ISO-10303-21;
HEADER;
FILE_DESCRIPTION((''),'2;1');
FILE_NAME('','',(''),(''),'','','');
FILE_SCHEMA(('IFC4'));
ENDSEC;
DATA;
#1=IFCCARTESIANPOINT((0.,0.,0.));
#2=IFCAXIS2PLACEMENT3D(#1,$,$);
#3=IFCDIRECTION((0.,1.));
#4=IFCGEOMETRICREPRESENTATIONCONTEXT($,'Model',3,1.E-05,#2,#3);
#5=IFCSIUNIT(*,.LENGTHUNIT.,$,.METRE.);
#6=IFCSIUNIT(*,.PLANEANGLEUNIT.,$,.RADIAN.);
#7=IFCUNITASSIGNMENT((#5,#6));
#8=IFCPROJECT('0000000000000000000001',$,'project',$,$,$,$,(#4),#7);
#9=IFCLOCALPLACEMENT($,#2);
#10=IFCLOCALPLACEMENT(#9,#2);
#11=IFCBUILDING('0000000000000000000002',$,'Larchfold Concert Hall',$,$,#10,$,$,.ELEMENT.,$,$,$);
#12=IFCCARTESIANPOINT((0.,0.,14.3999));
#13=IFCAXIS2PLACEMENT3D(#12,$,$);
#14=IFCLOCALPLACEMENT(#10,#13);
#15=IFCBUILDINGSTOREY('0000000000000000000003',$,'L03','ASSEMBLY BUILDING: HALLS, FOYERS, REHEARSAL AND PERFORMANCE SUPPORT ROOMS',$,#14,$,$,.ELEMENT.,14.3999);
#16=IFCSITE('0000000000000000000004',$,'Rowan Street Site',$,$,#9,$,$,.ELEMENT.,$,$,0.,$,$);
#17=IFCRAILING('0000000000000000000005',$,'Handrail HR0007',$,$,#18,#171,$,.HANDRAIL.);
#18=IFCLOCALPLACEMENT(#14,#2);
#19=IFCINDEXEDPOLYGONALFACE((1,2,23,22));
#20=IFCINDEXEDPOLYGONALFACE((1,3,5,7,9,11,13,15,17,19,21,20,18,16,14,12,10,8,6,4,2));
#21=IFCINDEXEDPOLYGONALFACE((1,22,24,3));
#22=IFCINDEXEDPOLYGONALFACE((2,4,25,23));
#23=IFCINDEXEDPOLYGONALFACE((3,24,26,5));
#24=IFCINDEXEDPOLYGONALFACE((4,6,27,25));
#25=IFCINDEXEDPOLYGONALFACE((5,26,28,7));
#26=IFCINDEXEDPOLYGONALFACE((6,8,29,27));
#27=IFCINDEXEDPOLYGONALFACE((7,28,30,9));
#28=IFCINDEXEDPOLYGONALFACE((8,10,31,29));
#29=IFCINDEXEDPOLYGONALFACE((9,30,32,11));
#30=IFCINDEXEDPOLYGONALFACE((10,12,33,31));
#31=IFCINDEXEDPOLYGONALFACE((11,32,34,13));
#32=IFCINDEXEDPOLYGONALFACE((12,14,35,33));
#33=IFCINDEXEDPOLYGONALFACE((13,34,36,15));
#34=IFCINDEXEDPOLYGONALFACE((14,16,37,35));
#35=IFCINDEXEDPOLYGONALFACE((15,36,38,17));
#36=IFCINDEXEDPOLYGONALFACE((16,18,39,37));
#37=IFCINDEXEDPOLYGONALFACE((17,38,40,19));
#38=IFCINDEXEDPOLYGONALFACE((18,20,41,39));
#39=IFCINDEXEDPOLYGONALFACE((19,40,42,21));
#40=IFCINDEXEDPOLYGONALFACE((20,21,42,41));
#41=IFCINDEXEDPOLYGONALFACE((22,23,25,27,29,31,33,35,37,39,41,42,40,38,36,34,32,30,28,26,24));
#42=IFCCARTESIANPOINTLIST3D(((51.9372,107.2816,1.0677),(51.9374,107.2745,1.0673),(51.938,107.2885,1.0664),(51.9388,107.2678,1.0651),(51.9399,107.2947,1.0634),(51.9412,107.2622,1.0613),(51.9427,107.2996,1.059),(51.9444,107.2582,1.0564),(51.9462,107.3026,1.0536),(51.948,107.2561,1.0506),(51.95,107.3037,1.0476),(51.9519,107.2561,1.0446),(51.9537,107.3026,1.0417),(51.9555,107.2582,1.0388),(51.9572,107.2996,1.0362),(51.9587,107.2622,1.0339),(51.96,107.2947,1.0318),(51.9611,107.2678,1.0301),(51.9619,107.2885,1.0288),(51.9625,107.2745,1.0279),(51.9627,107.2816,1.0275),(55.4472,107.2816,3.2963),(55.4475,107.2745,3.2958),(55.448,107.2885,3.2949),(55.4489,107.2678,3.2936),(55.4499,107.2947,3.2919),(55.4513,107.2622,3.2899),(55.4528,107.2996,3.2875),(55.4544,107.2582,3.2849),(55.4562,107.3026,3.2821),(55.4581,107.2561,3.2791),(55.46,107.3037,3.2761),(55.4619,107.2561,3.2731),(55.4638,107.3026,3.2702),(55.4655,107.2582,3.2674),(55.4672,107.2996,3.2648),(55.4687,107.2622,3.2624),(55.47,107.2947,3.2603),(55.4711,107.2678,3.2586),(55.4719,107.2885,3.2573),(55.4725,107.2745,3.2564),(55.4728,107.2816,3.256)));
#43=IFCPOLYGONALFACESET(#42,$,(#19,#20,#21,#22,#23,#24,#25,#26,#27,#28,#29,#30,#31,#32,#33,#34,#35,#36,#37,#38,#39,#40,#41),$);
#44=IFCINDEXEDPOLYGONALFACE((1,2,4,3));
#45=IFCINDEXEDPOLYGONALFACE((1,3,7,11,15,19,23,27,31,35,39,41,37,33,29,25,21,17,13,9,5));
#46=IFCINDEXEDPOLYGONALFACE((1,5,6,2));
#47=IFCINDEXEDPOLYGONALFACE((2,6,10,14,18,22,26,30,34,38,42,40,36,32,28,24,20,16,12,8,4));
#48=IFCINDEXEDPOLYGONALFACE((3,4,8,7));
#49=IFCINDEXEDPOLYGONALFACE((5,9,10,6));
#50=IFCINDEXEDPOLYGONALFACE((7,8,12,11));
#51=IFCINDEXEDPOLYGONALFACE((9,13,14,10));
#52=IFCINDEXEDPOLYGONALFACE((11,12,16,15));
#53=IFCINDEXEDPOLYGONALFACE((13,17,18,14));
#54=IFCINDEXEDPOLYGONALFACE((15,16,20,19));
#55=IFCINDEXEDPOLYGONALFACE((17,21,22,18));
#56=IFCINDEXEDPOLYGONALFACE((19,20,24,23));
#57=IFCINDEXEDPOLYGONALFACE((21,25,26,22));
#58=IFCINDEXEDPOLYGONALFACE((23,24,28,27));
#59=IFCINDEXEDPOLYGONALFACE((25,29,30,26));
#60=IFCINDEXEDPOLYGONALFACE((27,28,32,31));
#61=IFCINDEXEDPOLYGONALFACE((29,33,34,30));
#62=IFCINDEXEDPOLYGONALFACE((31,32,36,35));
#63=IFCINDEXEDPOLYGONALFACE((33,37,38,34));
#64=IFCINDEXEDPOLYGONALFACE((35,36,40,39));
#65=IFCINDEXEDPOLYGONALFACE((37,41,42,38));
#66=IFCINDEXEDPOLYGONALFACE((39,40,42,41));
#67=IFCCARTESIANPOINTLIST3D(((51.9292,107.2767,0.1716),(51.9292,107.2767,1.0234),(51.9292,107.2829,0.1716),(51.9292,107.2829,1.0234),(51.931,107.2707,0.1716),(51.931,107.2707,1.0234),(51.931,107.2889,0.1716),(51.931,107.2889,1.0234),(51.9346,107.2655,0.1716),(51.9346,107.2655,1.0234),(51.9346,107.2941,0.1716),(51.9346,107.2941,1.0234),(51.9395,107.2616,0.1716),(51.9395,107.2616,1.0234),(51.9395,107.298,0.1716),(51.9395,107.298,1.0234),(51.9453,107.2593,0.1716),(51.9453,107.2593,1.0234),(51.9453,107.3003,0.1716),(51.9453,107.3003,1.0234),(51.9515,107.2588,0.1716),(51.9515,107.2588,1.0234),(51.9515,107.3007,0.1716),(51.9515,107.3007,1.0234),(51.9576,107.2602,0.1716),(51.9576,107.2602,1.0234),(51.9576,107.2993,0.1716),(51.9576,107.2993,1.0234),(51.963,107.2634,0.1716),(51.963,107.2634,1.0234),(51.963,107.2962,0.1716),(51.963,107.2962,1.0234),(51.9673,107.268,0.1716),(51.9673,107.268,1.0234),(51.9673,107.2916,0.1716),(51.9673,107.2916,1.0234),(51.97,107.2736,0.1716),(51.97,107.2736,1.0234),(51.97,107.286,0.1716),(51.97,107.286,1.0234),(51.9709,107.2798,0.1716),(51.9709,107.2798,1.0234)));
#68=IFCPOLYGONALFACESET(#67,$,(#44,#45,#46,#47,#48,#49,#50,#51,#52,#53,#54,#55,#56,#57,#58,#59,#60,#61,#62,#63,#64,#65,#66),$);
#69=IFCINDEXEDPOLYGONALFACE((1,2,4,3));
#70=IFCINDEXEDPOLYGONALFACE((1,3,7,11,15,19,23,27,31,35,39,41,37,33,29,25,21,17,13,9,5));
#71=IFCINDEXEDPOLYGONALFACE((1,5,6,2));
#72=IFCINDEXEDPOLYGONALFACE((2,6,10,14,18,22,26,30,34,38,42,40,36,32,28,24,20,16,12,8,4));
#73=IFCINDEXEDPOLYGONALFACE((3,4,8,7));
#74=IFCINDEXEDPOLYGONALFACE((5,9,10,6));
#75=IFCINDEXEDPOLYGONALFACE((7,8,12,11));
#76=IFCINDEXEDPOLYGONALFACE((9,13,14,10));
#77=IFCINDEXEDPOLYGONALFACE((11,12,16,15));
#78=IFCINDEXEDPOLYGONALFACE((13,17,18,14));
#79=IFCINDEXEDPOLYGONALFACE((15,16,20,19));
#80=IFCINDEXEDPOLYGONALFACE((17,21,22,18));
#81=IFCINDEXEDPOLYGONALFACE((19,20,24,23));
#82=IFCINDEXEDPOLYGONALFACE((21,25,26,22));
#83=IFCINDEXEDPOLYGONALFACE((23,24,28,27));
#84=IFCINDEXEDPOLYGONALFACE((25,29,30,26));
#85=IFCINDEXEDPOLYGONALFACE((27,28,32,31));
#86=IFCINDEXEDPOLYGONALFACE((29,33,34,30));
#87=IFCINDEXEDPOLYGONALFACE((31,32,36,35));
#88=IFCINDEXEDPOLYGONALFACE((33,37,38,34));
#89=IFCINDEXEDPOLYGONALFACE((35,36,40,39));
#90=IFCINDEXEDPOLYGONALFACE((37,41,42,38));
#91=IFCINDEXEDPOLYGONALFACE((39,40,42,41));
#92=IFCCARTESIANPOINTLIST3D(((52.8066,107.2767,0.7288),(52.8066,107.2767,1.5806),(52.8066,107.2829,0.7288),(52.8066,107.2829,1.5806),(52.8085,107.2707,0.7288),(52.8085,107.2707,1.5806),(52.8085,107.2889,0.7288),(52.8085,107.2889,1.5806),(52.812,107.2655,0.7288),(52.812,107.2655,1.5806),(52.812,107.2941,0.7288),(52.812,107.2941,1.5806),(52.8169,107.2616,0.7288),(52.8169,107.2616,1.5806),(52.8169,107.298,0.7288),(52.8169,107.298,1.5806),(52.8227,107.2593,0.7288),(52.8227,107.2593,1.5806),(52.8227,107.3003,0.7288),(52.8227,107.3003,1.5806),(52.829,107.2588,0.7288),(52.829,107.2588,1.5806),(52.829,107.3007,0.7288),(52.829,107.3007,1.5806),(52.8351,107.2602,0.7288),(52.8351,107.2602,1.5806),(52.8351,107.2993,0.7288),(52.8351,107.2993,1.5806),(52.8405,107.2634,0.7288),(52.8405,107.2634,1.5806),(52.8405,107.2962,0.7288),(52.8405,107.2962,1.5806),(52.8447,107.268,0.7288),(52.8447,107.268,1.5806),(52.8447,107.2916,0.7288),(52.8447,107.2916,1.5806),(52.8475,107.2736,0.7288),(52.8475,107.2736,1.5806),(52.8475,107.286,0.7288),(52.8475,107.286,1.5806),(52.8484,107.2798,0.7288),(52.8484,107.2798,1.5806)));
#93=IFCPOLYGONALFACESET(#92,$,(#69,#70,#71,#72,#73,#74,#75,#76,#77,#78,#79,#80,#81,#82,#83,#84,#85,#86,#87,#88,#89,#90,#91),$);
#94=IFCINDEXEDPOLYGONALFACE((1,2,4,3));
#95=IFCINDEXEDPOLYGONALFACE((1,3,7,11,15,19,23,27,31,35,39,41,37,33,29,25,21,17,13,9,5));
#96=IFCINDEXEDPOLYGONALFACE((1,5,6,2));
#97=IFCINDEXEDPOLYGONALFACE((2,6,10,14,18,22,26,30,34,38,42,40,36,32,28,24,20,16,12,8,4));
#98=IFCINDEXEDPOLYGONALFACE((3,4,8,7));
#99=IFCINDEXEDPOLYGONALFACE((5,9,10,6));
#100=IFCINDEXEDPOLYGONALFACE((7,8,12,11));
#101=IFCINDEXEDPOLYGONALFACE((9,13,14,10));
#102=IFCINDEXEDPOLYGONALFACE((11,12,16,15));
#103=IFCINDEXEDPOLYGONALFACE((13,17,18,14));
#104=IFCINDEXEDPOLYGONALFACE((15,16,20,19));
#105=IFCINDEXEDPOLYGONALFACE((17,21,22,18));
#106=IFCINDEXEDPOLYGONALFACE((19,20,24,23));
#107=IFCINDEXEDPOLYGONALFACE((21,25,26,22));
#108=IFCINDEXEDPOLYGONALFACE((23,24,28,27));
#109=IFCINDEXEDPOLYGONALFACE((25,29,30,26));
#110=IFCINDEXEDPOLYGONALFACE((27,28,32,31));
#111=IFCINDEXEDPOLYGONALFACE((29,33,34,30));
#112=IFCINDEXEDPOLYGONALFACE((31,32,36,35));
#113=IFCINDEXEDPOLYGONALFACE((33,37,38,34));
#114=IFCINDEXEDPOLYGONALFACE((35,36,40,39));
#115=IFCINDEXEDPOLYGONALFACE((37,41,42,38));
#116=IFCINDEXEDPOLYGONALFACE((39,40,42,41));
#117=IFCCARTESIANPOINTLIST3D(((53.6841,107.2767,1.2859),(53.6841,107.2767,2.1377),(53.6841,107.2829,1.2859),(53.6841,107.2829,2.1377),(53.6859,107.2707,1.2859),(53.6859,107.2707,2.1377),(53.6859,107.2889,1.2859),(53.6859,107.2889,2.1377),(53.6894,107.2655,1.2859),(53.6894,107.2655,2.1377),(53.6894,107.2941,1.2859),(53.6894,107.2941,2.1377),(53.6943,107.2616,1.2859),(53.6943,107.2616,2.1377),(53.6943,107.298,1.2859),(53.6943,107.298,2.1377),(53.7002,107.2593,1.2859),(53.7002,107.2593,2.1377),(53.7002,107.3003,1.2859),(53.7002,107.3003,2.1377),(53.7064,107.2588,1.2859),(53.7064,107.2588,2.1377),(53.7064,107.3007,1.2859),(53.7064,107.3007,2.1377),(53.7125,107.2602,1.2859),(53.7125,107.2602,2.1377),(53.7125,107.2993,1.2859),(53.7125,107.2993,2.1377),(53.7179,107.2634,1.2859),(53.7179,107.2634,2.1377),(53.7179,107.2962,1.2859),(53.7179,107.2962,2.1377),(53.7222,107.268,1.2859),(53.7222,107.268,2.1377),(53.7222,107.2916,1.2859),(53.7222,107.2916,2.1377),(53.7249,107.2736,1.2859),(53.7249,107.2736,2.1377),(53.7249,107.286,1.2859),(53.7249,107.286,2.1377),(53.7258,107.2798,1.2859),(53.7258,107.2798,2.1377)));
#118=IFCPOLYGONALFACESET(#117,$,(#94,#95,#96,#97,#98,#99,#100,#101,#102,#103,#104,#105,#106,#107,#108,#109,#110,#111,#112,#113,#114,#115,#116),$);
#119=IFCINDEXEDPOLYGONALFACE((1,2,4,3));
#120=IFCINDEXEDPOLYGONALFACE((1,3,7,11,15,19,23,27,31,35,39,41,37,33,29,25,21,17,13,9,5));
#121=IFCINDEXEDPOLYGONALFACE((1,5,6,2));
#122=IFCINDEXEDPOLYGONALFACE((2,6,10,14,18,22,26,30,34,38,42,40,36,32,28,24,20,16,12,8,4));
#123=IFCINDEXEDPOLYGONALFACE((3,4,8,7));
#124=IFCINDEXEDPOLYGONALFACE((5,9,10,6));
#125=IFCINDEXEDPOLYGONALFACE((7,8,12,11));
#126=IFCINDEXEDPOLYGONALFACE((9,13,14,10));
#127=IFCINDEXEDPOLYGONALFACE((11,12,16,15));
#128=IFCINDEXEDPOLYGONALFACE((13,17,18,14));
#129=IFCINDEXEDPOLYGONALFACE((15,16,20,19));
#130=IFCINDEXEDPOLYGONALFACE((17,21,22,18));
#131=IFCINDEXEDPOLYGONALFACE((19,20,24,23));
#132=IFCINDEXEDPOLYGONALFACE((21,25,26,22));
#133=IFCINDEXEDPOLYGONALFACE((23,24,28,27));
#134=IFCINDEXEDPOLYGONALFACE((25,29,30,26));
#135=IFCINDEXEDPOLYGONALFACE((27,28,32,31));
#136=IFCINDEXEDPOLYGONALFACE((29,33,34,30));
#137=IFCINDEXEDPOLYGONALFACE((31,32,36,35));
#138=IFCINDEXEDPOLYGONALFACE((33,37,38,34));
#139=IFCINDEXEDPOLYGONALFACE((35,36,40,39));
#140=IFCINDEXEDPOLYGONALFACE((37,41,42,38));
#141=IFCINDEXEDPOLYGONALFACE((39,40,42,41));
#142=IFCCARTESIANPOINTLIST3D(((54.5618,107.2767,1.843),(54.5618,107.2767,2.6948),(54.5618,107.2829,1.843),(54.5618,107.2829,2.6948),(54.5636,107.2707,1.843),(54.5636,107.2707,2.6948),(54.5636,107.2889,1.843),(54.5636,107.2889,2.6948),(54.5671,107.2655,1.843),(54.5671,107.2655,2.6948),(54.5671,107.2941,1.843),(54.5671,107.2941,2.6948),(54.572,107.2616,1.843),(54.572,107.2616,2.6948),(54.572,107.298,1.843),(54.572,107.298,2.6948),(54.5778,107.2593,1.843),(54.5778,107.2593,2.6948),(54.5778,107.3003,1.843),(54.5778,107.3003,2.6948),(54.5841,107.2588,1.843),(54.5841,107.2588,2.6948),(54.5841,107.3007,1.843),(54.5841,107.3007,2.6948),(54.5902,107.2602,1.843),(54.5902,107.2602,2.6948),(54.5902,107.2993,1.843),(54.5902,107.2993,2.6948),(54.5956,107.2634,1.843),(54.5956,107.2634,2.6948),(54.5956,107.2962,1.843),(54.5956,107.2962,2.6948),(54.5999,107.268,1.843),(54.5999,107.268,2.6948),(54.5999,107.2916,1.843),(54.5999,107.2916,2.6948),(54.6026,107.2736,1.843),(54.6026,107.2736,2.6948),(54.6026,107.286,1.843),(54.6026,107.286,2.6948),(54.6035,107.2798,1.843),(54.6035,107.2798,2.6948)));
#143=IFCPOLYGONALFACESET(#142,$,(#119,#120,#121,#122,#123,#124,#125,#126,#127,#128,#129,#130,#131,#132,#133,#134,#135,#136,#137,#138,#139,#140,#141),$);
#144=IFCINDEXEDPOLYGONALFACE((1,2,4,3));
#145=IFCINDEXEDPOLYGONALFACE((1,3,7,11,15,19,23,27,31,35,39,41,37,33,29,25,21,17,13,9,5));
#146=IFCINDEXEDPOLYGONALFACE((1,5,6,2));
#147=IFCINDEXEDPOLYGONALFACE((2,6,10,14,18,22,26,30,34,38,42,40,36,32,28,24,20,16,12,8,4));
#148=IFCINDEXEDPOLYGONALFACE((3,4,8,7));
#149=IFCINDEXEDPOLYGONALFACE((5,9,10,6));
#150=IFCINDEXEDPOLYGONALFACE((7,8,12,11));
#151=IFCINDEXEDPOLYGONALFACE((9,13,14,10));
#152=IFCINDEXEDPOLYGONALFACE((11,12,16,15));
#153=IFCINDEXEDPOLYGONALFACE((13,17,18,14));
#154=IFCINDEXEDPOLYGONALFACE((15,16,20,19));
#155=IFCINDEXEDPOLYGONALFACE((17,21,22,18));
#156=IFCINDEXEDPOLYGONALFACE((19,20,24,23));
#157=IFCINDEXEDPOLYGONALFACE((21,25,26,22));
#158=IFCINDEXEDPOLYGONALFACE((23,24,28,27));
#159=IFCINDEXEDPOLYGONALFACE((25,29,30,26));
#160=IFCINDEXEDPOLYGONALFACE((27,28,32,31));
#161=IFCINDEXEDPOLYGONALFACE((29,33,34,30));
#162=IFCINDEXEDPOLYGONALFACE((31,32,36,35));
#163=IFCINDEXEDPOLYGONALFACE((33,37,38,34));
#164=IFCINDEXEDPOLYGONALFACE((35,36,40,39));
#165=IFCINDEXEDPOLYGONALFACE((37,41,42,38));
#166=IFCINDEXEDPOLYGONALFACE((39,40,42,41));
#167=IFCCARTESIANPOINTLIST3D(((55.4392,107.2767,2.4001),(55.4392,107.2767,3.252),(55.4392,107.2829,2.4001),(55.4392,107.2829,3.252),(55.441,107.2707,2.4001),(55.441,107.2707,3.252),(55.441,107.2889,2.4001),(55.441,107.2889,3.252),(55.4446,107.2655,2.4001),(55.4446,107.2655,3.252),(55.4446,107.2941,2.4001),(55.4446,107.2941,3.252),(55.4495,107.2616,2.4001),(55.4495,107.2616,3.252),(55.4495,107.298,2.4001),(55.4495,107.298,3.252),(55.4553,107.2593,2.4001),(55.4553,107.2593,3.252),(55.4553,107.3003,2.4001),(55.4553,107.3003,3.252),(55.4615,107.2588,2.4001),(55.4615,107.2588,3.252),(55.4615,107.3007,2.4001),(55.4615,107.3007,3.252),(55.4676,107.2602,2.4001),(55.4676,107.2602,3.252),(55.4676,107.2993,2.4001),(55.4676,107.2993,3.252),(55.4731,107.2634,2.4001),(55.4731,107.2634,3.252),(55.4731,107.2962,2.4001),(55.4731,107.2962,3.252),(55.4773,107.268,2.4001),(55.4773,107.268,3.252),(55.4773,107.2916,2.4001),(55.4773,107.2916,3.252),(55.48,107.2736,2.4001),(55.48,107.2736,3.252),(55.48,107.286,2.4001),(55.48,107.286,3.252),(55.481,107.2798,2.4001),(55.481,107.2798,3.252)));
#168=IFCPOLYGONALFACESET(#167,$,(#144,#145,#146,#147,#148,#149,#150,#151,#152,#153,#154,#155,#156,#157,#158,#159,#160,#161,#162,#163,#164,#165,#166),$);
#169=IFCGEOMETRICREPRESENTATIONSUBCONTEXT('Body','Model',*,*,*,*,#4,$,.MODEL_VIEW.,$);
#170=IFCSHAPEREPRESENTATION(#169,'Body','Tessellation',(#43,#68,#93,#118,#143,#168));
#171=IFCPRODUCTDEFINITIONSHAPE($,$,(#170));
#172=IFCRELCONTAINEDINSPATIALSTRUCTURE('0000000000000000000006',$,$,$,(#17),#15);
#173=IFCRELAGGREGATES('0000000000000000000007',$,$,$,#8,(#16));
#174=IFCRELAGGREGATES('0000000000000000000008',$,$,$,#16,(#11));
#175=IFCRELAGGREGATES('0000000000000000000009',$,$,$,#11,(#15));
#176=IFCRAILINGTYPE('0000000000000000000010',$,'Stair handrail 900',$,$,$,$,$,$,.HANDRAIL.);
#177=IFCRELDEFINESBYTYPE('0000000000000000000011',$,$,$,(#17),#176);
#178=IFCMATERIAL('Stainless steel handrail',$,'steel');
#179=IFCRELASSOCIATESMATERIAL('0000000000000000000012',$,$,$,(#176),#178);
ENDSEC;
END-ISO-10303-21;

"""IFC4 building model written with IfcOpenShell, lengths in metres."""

from ifc_helpers import new_model, si_unit, direction, frame, origin, origin_2d, place, context, subcontext, project, spatial, circle, extrude, material, type_object, element, save


model = new_model("IFC4")

# Units and contexts
model_context = context("Model", 3, precision=1e-05, world=origin(), true_north=direction((0.0, 1.0)))
body_context = subcontext(model_context, "Body", "Model", "MODEL_VIEW")
ifc_project = project(units=[si_unit("LENGTHUNIT", "METRE"), si_unit("PLANEANGLEUNIT", "RADIAN")], contexts=[model_context])

# Site, building, storey
site_placement = place(None, origin())
site = spatial("IfcSite", under=ifc_project, at=site_placement, Name="Rowan Street Site", CompositionType="ELEMENT", RefElevation=0.0)
building_placement = place(site_placement, origin())
building = spatial("IfcBuilding", under=site, at=building_placement, Name="Larchfold Concert Hall", CompositionType="ELEMENT")
storey_placement = place(building_placement, frame((0.0, 0.0, 14.3999)))
storey = spatial("IfcBuildingStorey", under=building, at=storey_placement, Name="L03", Description="ASSEMBLY BUILDING: HALLS, FOYERS, REHEARSAL AND PERFORMANCE SUPPORT ROOMS", CompositionType="ELEMENT", Elevation=14.3999)

# Railing
ifc_material_1 = material(Name="Stainless steel handrail", Category="steel")
railing_type_1 = type_object("IfcRailingType", Name="Stair handrail 900", PredefinedType="HANDRAIL", material=ifc_material_1)
railing_1_placement = place(storey_placement, frame((51.95, 107.2798, 0.1716)))
element("IfcRailing", 1, at=railing_1_placement, inside=storey, type_object=railing_type_1, Name="Handrail HR0007", PredefinedType="HANDRAIL", context=body_context, shape_type="SweptSolid", body=[
    extrude(circle(Radius=0.0239, at=origin_2d()), frame((0.0, 0.0, 0.876), z_axis=(0.84422, 0.0, 0.535998), x_axis=(0.0, 1.0, 0.0)), (0.0, 0.0, 1.0), 4.1577),
    extrude(circle(Radius=0.021, at=origin_2d()), origin(), (0.0, 0.0, 1.0), 0.8518),
    extrude(circle(Radius=0.021, at=origin_2d()), frame((0.8774, 0.0, 0.5571)), (0.0, 0.0, 1.0), 0.8518),
    extrude(circle(Radius=0.021, at=origin_2d()), frame((1.7549, 0.0, 1.1143)), (0.0, 0.0, 1.0), 0.8518),
    extrude(circle(Radius=0.021, at=origin_2d()), frame((2.6326, 0.0, 1.6714)), (0.0, 0.0, 1.0), 0.8518),
    extrude(circle(Radius=0.021, at=origin_2d()), frame((3.51, 0.0, 2.2285)), (0.0, 0.0, 1.0), 0.8518),
])

save(model, "model.ifc")
